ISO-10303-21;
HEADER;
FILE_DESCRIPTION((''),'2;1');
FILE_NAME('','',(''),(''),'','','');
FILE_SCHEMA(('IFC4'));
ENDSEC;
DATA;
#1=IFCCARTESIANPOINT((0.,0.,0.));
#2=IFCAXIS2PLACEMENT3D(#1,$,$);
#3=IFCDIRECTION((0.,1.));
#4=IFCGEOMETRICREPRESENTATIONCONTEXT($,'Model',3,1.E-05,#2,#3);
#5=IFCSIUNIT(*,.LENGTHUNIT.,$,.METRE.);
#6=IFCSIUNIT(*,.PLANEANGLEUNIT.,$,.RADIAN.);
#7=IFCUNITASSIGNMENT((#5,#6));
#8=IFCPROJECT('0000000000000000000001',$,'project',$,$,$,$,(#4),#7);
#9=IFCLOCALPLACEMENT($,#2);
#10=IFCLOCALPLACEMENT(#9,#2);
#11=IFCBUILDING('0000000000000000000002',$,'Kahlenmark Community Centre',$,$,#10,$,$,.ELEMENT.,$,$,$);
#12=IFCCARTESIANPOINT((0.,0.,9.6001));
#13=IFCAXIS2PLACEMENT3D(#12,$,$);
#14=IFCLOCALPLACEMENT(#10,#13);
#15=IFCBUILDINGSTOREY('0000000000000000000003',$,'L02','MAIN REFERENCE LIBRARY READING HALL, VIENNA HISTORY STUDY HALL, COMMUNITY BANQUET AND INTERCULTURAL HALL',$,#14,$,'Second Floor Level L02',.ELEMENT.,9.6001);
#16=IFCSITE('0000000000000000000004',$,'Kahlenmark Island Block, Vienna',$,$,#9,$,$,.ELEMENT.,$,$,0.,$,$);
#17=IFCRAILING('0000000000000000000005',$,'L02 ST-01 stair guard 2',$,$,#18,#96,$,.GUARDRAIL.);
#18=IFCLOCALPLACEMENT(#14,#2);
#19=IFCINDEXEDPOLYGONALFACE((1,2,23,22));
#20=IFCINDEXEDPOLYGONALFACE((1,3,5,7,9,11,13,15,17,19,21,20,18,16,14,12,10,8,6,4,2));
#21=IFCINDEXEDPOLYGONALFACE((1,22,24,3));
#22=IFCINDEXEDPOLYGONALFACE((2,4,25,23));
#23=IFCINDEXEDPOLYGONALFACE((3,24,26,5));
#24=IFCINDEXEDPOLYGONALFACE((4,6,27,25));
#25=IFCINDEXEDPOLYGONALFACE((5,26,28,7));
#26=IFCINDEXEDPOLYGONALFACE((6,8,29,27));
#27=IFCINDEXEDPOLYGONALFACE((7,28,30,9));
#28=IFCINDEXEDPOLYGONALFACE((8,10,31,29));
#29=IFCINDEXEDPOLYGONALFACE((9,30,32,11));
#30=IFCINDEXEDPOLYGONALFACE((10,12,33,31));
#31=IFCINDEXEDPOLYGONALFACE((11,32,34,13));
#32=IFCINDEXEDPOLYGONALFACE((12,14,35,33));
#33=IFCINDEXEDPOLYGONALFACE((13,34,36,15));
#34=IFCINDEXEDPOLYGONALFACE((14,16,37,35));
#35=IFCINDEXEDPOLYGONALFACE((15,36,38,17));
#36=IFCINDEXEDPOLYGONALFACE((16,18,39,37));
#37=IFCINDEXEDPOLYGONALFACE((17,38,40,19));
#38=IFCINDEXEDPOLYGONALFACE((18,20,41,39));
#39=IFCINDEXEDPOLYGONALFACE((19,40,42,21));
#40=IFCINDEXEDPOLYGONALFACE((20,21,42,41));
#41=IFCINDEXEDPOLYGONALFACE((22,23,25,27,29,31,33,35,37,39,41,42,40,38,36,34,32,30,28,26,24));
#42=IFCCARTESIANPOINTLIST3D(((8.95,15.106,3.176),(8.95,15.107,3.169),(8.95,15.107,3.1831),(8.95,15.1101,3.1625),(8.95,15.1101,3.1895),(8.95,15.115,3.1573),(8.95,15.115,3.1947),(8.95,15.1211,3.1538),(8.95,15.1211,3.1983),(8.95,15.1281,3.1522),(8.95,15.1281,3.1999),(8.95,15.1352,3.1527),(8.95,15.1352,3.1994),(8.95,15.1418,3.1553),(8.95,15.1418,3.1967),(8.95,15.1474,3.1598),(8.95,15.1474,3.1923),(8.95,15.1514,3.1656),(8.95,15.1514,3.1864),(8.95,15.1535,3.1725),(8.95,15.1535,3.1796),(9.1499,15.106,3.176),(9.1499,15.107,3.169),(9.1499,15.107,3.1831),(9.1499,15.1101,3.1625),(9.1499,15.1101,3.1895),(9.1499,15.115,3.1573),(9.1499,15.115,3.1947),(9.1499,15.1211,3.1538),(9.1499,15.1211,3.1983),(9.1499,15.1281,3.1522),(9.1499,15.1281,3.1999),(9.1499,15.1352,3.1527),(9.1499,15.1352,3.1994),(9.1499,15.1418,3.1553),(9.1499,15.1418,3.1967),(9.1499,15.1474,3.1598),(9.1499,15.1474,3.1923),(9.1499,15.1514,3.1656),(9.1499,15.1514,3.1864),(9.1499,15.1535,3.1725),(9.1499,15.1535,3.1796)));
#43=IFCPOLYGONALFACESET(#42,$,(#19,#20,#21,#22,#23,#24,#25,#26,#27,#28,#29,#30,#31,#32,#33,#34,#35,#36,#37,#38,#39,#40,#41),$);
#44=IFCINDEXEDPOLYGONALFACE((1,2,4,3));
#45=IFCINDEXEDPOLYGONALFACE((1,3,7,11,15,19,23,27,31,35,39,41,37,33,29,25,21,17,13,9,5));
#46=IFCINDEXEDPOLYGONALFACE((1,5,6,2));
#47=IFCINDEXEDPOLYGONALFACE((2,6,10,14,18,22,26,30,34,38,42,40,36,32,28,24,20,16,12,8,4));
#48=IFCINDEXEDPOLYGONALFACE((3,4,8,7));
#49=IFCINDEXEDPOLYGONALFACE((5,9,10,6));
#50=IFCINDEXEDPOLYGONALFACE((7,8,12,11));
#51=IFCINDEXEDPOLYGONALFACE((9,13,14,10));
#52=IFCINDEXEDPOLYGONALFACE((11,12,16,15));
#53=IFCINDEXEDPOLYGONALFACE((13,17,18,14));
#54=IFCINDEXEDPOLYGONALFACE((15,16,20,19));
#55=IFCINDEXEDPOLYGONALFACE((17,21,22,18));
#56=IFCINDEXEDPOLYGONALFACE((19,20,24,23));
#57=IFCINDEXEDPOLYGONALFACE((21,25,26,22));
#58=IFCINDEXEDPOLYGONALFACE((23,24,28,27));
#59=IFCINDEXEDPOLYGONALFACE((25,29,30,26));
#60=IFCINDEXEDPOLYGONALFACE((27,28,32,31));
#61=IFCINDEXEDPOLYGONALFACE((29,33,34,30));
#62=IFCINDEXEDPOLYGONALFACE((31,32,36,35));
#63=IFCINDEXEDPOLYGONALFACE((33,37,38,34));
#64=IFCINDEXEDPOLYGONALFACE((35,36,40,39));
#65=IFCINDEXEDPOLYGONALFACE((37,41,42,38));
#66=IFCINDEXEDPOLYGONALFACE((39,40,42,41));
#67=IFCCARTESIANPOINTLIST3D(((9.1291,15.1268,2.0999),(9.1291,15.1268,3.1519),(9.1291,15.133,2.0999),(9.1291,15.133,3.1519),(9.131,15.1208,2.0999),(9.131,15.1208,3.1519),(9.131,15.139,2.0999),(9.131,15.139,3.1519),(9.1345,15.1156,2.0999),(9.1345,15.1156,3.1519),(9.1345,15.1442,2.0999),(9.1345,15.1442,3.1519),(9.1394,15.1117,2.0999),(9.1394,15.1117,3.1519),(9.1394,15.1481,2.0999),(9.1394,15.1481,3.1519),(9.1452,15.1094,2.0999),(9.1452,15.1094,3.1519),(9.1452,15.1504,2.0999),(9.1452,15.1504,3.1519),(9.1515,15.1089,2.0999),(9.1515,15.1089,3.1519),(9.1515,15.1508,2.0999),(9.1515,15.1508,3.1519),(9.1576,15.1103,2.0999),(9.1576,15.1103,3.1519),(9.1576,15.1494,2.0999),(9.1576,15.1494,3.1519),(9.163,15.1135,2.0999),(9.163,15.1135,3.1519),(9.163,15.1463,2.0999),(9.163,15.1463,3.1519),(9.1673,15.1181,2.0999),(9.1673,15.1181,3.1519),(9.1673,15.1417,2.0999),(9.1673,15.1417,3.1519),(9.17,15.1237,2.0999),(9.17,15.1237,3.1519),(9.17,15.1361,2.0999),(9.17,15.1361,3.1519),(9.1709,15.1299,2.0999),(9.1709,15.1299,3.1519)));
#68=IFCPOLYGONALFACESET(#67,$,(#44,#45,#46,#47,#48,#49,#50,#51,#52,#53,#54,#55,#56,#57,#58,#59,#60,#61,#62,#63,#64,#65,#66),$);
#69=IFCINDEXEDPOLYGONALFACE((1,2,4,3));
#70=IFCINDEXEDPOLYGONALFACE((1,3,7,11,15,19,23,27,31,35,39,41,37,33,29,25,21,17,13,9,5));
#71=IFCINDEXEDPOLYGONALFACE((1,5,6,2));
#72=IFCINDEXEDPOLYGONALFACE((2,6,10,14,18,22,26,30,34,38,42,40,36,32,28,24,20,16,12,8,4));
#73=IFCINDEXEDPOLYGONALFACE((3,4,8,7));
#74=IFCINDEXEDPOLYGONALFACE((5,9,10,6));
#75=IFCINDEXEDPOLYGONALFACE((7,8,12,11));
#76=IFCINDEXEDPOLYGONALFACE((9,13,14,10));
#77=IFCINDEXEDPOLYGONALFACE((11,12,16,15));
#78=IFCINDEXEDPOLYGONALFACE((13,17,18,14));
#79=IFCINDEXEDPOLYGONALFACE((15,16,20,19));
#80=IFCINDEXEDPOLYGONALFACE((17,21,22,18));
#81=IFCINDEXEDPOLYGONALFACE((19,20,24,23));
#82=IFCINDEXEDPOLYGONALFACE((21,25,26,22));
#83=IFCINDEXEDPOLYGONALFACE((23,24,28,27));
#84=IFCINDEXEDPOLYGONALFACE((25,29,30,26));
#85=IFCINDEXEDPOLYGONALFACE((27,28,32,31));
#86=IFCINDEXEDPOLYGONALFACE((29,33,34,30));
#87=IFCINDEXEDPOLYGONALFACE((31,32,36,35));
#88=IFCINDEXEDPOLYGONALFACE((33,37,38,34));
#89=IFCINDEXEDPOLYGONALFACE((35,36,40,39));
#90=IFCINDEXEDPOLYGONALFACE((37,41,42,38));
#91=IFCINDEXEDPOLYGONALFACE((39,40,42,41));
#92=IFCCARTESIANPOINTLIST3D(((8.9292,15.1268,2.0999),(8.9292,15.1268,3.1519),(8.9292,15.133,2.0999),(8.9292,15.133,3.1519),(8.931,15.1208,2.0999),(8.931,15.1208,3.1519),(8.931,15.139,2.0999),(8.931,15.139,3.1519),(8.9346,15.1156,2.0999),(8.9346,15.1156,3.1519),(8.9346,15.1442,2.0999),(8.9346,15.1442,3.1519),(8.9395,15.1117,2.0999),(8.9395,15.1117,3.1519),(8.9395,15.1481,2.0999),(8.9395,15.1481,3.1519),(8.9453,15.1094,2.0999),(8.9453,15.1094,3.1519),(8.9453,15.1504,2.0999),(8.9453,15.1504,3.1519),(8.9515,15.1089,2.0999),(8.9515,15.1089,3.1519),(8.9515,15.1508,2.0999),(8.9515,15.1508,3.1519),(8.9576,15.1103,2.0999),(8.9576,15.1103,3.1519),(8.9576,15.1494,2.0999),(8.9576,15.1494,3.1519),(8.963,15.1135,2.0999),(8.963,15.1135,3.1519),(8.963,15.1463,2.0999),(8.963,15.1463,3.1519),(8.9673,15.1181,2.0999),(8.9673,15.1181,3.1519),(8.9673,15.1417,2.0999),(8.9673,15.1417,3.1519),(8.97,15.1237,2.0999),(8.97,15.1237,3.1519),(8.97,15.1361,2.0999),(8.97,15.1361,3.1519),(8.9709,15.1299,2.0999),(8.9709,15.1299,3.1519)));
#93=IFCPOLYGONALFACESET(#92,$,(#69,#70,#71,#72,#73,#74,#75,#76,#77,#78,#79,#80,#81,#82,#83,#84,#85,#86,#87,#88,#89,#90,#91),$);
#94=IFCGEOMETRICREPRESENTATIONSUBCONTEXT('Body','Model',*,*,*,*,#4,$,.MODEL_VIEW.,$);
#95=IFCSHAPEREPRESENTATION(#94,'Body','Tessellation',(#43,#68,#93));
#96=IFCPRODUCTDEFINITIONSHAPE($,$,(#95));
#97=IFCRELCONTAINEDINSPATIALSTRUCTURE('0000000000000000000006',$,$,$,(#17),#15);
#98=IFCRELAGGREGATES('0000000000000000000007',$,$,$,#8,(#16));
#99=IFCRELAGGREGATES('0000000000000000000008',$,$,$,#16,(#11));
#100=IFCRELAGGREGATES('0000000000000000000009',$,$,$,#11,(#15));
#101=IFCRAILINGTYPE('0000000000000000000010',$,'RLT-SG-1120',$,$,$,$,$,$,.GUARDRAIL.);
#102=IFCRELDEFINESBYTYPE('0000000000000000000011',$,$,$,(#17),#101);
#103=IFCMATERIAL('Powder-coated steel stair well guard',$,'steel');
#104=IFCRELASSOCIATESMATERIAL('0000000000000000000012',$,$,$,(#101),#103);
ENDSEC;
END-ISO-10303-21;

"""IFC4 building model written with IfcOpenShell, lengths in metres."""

from ifc_helpers import new_model, si_unit, direction, frame, origin, origin_2d, place, context, subcontext, project, spatial, circle, extrude, material, type_object, element, save


model = new_model("IFC4")

# Units and contexts
model_context = context("Model", 3, precision=1e-05, world=origin(), true_north=direction((0.0, 1.0)))
body_context = subcontext(model_context, "Body", "Model", "MODEL_VIEW")
ifc_project = project(units=[si_unit("LENGTHUNIT", "METRE"), si_unit("PLANEANGLEUNIT", "RADIAN")], contexts=[model_context])

# Site, building, storey
site_placement = place(None, origin())
site = spatial("IfcSite", under=ifc_project, at=site_placement, Name="Kahlenmark Island Block, Vienna", CompositionType="ELEMENT", RefElevation=0.0)
building_placement = place(site_placement, origin())
building = spatial("IfcBuilding", under=site, at=building_placement, Name="Kahlenmark Community Centre", CompositionType="ELEMENT")
storey_placement = place(building_placement, frame((0.0, 0.0, 9.6001)))
storey = spatial("IfcBuildingStorey", under=building, at=storey_placement, Name="L02", Description="MAIN REFERENCE LIBRARY READING HALL, VIENNA HISTORY STUDY HALL, COMMUNITY BANQUET AND INTERCULTURAL HALL", LongName="Second Floor Level L02", CompositionType="ELEMENT", Elevation=9.6001)

# Railing
ifc_material_1 = material(Name="Powder-coated steel stair well guard", Category="steel")
railing_type_1 = type_object("IfcRailingType", Name="RLT-SG-1120", PredefinedType="GUARDRAIL", material=ifc_material_1)
railing_1_placement = place(storey_placement, frame((9.1499, 15.1299, 2.0999)))
element("IfcRailing", 1, at=railing_1_placement, inside=storey, type_object=railing_type_1, Name="L02 ST-01 stair guard 2", PredefinedType="GUARDRAIL", context=body_context, shape_type="SweptSolid", body=[
    extrude(circle(Radius=0.0239, at=origin_2d()), frame((0.0, 0.0, 1.0762), z_axis=(-1.0, 0.0, 0.0), x_axis=(0.0, -1.0, 0.0)), (0.0, 0.0, 1.0), 0.2),
    extrude(circle(Radius=0.021, at=origin_2d()), origin(), (0.0, 0.0, 1.0), 1.052),
    extrude(circle(Radius=0.021, at=origin_2d()), frame((-0.2, 0.0, 0.0)), (0.0, 0.0, 1.0), 1.052),
])

save(model, "model.ifc")
